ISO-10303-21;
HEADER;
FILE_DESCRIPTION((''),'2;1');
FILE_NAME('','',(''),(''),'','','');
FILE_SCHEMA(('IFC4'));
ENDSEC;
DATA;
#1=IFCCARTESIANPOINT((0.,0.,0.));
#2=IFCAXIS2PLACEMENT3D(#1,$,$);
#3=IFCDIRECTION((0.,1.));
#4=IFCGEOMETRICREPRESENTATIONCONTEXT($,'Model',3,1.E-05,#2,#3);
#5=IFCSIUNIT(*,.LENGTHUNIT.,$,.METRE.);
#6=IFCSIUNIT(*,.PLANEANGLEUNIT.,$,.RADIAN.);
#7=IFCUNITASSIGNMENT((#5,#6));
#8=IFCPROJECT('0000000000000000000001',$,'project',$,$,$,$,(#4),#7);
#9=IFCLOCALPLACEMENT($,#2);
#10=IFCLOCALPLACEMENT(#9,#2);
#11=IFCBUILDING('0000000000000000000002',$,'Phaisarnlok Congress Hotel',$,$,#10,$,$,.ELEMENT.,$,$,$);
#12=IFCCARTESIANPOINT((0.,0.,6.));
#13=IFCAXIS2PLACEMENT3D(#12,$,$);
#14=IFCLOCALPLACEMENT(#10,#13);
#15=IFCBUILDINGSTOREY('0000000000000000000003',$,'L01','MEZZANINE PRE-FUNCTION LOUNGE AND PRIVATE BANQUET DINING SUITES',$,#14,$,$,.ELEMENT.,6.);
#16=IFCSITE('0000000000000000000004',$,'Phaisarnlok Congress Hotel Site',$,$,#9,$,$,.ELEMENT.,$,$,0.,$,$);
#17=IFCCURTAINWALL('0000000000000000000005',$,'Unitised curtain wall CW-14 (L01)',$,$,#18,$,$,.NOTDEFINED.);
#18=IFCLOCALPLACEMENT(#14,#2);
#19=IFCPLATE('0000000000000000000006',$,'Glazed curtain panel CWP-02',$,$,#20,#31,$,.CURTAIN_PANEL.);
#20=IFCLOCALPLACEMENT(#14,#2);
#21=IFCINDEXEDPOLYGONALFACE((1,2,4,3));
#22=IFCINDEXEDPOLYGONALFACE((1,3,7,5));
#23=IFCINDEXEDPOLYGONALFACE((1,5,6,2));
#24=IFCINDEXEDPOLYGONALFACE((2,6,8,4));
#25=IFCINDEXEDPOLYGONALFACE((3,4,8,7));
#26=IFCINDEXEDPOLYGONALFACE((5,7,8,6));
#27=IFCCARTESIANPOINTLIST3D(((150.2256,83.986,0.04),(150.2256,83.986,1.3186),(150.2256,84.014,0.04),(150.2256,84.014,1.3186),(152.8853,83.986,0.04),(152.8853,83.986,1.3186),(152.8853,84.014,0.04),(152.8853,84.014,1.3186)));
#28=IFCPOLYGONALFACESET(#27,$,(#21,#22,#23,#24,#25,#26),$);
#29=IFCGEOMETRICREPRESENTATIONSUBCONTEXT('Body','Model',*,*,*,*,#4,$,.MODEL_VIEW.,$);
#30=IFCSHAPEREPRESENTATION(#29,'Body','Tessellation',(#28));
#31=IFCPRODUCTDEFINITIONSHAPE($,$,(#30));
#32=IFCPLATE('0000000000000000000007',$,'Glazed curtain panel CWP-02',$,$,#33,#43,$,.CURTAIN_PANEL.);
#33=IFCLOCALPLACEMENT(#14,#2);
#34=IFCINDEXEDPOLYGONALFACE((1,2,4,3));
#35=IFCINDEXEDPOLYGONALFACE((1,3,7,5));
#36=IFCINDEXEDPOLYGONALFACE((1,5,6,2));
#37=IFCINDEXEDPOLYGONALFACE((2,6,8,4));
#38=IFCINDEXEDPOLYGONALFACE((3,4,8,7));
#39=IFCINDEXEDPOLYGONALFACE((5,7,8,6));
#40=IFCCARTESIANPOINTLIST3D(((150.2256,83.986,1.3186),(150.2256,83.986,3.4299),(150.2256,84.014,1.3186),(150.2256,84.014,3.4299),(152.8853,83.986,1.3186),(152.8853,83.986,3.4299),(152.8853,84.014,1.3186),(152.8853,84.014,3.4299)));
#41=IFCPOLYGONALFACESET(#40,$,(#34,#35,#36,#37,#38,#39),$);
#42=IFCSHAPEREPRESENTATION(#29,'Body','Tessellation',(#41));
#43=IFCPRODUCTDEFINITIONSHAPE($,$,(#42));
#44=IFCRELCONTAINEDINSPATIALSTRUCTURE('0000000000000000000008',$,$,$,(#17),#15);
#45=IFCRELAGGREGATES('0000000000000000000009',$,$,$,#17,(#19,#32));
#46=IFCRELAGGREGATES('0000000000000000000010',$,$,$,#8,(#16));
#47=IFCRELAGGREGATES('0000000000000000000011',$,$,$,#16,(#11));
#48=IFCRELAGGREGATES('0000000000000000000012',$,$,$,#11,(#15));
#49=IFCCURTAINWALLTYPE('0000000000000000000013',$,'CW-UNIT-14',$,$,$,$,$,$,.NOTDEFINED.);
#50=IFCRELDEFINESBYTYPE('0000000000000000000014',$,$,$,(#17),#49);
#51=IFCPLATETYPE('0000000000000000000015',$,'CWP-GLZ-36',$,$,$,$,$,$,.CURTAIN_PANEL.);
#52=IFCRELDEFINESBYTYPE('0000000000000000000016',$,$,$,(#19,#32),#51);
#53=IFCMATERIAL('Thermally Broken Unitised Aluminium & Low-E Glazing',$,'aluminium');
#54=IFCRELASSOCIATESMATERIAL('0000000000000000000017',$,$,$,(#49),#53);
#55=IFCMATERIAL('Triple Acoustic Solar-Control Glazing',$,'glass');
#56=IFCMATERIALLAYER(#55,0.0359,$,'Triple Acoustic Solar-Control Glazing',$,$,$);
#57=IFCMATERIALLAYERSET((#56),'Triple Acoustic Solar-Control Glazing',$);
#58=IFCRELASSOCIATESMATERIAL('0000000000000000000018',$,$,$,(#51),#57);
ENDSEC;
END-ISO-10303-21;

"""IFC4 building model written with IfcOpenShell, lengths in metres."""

from ifc_helpers import new_model, si_unit, direction, frame, frame_2d, origin, place, context, subcontext, project, spatial, rectangle, extrude, material, layer, layer_set, type_object, element, aggregate, save


model = new_model("IFC4")

# Units and contexts
model_context = context("Model", 3, precision=1e-05, world=origin(), true_north=direction((0.0, 1.0)))
body_context = subcontext(model_context, "Body", "Model", "MODEL_VIEW")
ifc_project = project(units=[si_unit("LENGTHUNIT", "METRE"), si_unit("PLANEANGLEUNIT", "RADIAN")], contexts=[model_context])

# Site, building, storey
site_placement = place(None, origin())
site = spatial("IfcSite", under=ifc_project, at=site_placement, Name="Phaisarnlok Congress Hotel Site", CompositionType="ELEMENT", RefElevation=0.0)
building_placement = place(site_placement, origin())
building = spatial("IfcBuilding", under=site, at=building_placement, Name="Phaisarnlok Congress Hotel", CompositionType="ELEMENT")
storey_placement = place(building_placement, frame((0.0, 0.0, 6.0)))
storey = spatial("IfcBuildingStorey", under=building, at=storey_placement, Name="L01", Description="MEZZANINE PRE-FUNCTION LOUNGE AND PRIVATE BANQUET DINING SUITES", CompositionType="ELEMENT", Elevation=6.0)

# Curtain wall
ifc_material_1 = material(Name="Thermally Broken Unitised Aluminium & Low-E Glazing", Category="aluminium")
curtain_wall_type = type_object("IfcCurtainWallType", Name="CW-UNIT-14", PredefinedType="NOTDEFINED", material=ifc_material_1)
curtain_wall_1_placement = place(storey_placement, origin())
curtain_wall_1 = element("IfcCurtainWall", 1, at=curtain_wall_1_placement, inside=storey, type_object=curtain_wall_type, Name="Unitised curtain wall CW-14 (L01)", PredefinedType="NOTDEFINED")

# Plates
ifc_material_2 = material(Name="Triple Acoustic Solar-Control Glazing", Category="glass")
ifc_layer = layer(ifc_material_2, 0.0359, Name="Triple Acoustic Solar-Control Glazing")
ifc_layer_set = layer_set([ifc_layer], Name="Triple Acoustic Solar-Control Glazing")
plate_type = type_object("IfcPlateType", Name="CWP-GLZ-36", PredefinedType="CURTAIN_PANEL", material=ifc_layer_set)
plate_1_placement = place(storey_placement, frame((152.8853, 84.0, 0.04), z_axis=(0.0, 0.0, 1.0), x_axis=(-1.0, 0.0, 0.0)))
plate_1 = element("IfcPlate", 2, at=plate_1_placement, type_object=plate_type, Name="Glazed curtain panel CWP-02", PredefinedType="CURTAIN_PANEL", context=body_context, shape_type="SweptSolid", body=[
    extrude(rectangle(XDim=2.6597, YDim=0.0281, at=frame_2d((1.3298, 0.0))), origin(), (0.0, 0.0, 1.0), 1.2786),
])
plate_2_placement = place(storey_placement, frame((152.8853, 84.0, 1.3186), z_axis=(0.0, 0.0, 1.0), x_axis=(-1.0, 0.0, 0.0)))
plate_2 = element("IfcPlate", 3, at=plate_2_placement, type_object=plate_type, Name="Glazed curtain panel CWP-02", PredefinedType="CURTAIN_PANEL", context=body_context, shape_type="SweptSolid", body=[
    extrude(rectangle(XDim=2.6597, YDim=0.0281, at=frame_2d((1.3298, 0.0))), origin(), (0.0, 0.0, 1.0), 2.1113),
])
aggregate(curtain_wall_1, [plate_1, plate_2])

save(model, "model.ifc")
